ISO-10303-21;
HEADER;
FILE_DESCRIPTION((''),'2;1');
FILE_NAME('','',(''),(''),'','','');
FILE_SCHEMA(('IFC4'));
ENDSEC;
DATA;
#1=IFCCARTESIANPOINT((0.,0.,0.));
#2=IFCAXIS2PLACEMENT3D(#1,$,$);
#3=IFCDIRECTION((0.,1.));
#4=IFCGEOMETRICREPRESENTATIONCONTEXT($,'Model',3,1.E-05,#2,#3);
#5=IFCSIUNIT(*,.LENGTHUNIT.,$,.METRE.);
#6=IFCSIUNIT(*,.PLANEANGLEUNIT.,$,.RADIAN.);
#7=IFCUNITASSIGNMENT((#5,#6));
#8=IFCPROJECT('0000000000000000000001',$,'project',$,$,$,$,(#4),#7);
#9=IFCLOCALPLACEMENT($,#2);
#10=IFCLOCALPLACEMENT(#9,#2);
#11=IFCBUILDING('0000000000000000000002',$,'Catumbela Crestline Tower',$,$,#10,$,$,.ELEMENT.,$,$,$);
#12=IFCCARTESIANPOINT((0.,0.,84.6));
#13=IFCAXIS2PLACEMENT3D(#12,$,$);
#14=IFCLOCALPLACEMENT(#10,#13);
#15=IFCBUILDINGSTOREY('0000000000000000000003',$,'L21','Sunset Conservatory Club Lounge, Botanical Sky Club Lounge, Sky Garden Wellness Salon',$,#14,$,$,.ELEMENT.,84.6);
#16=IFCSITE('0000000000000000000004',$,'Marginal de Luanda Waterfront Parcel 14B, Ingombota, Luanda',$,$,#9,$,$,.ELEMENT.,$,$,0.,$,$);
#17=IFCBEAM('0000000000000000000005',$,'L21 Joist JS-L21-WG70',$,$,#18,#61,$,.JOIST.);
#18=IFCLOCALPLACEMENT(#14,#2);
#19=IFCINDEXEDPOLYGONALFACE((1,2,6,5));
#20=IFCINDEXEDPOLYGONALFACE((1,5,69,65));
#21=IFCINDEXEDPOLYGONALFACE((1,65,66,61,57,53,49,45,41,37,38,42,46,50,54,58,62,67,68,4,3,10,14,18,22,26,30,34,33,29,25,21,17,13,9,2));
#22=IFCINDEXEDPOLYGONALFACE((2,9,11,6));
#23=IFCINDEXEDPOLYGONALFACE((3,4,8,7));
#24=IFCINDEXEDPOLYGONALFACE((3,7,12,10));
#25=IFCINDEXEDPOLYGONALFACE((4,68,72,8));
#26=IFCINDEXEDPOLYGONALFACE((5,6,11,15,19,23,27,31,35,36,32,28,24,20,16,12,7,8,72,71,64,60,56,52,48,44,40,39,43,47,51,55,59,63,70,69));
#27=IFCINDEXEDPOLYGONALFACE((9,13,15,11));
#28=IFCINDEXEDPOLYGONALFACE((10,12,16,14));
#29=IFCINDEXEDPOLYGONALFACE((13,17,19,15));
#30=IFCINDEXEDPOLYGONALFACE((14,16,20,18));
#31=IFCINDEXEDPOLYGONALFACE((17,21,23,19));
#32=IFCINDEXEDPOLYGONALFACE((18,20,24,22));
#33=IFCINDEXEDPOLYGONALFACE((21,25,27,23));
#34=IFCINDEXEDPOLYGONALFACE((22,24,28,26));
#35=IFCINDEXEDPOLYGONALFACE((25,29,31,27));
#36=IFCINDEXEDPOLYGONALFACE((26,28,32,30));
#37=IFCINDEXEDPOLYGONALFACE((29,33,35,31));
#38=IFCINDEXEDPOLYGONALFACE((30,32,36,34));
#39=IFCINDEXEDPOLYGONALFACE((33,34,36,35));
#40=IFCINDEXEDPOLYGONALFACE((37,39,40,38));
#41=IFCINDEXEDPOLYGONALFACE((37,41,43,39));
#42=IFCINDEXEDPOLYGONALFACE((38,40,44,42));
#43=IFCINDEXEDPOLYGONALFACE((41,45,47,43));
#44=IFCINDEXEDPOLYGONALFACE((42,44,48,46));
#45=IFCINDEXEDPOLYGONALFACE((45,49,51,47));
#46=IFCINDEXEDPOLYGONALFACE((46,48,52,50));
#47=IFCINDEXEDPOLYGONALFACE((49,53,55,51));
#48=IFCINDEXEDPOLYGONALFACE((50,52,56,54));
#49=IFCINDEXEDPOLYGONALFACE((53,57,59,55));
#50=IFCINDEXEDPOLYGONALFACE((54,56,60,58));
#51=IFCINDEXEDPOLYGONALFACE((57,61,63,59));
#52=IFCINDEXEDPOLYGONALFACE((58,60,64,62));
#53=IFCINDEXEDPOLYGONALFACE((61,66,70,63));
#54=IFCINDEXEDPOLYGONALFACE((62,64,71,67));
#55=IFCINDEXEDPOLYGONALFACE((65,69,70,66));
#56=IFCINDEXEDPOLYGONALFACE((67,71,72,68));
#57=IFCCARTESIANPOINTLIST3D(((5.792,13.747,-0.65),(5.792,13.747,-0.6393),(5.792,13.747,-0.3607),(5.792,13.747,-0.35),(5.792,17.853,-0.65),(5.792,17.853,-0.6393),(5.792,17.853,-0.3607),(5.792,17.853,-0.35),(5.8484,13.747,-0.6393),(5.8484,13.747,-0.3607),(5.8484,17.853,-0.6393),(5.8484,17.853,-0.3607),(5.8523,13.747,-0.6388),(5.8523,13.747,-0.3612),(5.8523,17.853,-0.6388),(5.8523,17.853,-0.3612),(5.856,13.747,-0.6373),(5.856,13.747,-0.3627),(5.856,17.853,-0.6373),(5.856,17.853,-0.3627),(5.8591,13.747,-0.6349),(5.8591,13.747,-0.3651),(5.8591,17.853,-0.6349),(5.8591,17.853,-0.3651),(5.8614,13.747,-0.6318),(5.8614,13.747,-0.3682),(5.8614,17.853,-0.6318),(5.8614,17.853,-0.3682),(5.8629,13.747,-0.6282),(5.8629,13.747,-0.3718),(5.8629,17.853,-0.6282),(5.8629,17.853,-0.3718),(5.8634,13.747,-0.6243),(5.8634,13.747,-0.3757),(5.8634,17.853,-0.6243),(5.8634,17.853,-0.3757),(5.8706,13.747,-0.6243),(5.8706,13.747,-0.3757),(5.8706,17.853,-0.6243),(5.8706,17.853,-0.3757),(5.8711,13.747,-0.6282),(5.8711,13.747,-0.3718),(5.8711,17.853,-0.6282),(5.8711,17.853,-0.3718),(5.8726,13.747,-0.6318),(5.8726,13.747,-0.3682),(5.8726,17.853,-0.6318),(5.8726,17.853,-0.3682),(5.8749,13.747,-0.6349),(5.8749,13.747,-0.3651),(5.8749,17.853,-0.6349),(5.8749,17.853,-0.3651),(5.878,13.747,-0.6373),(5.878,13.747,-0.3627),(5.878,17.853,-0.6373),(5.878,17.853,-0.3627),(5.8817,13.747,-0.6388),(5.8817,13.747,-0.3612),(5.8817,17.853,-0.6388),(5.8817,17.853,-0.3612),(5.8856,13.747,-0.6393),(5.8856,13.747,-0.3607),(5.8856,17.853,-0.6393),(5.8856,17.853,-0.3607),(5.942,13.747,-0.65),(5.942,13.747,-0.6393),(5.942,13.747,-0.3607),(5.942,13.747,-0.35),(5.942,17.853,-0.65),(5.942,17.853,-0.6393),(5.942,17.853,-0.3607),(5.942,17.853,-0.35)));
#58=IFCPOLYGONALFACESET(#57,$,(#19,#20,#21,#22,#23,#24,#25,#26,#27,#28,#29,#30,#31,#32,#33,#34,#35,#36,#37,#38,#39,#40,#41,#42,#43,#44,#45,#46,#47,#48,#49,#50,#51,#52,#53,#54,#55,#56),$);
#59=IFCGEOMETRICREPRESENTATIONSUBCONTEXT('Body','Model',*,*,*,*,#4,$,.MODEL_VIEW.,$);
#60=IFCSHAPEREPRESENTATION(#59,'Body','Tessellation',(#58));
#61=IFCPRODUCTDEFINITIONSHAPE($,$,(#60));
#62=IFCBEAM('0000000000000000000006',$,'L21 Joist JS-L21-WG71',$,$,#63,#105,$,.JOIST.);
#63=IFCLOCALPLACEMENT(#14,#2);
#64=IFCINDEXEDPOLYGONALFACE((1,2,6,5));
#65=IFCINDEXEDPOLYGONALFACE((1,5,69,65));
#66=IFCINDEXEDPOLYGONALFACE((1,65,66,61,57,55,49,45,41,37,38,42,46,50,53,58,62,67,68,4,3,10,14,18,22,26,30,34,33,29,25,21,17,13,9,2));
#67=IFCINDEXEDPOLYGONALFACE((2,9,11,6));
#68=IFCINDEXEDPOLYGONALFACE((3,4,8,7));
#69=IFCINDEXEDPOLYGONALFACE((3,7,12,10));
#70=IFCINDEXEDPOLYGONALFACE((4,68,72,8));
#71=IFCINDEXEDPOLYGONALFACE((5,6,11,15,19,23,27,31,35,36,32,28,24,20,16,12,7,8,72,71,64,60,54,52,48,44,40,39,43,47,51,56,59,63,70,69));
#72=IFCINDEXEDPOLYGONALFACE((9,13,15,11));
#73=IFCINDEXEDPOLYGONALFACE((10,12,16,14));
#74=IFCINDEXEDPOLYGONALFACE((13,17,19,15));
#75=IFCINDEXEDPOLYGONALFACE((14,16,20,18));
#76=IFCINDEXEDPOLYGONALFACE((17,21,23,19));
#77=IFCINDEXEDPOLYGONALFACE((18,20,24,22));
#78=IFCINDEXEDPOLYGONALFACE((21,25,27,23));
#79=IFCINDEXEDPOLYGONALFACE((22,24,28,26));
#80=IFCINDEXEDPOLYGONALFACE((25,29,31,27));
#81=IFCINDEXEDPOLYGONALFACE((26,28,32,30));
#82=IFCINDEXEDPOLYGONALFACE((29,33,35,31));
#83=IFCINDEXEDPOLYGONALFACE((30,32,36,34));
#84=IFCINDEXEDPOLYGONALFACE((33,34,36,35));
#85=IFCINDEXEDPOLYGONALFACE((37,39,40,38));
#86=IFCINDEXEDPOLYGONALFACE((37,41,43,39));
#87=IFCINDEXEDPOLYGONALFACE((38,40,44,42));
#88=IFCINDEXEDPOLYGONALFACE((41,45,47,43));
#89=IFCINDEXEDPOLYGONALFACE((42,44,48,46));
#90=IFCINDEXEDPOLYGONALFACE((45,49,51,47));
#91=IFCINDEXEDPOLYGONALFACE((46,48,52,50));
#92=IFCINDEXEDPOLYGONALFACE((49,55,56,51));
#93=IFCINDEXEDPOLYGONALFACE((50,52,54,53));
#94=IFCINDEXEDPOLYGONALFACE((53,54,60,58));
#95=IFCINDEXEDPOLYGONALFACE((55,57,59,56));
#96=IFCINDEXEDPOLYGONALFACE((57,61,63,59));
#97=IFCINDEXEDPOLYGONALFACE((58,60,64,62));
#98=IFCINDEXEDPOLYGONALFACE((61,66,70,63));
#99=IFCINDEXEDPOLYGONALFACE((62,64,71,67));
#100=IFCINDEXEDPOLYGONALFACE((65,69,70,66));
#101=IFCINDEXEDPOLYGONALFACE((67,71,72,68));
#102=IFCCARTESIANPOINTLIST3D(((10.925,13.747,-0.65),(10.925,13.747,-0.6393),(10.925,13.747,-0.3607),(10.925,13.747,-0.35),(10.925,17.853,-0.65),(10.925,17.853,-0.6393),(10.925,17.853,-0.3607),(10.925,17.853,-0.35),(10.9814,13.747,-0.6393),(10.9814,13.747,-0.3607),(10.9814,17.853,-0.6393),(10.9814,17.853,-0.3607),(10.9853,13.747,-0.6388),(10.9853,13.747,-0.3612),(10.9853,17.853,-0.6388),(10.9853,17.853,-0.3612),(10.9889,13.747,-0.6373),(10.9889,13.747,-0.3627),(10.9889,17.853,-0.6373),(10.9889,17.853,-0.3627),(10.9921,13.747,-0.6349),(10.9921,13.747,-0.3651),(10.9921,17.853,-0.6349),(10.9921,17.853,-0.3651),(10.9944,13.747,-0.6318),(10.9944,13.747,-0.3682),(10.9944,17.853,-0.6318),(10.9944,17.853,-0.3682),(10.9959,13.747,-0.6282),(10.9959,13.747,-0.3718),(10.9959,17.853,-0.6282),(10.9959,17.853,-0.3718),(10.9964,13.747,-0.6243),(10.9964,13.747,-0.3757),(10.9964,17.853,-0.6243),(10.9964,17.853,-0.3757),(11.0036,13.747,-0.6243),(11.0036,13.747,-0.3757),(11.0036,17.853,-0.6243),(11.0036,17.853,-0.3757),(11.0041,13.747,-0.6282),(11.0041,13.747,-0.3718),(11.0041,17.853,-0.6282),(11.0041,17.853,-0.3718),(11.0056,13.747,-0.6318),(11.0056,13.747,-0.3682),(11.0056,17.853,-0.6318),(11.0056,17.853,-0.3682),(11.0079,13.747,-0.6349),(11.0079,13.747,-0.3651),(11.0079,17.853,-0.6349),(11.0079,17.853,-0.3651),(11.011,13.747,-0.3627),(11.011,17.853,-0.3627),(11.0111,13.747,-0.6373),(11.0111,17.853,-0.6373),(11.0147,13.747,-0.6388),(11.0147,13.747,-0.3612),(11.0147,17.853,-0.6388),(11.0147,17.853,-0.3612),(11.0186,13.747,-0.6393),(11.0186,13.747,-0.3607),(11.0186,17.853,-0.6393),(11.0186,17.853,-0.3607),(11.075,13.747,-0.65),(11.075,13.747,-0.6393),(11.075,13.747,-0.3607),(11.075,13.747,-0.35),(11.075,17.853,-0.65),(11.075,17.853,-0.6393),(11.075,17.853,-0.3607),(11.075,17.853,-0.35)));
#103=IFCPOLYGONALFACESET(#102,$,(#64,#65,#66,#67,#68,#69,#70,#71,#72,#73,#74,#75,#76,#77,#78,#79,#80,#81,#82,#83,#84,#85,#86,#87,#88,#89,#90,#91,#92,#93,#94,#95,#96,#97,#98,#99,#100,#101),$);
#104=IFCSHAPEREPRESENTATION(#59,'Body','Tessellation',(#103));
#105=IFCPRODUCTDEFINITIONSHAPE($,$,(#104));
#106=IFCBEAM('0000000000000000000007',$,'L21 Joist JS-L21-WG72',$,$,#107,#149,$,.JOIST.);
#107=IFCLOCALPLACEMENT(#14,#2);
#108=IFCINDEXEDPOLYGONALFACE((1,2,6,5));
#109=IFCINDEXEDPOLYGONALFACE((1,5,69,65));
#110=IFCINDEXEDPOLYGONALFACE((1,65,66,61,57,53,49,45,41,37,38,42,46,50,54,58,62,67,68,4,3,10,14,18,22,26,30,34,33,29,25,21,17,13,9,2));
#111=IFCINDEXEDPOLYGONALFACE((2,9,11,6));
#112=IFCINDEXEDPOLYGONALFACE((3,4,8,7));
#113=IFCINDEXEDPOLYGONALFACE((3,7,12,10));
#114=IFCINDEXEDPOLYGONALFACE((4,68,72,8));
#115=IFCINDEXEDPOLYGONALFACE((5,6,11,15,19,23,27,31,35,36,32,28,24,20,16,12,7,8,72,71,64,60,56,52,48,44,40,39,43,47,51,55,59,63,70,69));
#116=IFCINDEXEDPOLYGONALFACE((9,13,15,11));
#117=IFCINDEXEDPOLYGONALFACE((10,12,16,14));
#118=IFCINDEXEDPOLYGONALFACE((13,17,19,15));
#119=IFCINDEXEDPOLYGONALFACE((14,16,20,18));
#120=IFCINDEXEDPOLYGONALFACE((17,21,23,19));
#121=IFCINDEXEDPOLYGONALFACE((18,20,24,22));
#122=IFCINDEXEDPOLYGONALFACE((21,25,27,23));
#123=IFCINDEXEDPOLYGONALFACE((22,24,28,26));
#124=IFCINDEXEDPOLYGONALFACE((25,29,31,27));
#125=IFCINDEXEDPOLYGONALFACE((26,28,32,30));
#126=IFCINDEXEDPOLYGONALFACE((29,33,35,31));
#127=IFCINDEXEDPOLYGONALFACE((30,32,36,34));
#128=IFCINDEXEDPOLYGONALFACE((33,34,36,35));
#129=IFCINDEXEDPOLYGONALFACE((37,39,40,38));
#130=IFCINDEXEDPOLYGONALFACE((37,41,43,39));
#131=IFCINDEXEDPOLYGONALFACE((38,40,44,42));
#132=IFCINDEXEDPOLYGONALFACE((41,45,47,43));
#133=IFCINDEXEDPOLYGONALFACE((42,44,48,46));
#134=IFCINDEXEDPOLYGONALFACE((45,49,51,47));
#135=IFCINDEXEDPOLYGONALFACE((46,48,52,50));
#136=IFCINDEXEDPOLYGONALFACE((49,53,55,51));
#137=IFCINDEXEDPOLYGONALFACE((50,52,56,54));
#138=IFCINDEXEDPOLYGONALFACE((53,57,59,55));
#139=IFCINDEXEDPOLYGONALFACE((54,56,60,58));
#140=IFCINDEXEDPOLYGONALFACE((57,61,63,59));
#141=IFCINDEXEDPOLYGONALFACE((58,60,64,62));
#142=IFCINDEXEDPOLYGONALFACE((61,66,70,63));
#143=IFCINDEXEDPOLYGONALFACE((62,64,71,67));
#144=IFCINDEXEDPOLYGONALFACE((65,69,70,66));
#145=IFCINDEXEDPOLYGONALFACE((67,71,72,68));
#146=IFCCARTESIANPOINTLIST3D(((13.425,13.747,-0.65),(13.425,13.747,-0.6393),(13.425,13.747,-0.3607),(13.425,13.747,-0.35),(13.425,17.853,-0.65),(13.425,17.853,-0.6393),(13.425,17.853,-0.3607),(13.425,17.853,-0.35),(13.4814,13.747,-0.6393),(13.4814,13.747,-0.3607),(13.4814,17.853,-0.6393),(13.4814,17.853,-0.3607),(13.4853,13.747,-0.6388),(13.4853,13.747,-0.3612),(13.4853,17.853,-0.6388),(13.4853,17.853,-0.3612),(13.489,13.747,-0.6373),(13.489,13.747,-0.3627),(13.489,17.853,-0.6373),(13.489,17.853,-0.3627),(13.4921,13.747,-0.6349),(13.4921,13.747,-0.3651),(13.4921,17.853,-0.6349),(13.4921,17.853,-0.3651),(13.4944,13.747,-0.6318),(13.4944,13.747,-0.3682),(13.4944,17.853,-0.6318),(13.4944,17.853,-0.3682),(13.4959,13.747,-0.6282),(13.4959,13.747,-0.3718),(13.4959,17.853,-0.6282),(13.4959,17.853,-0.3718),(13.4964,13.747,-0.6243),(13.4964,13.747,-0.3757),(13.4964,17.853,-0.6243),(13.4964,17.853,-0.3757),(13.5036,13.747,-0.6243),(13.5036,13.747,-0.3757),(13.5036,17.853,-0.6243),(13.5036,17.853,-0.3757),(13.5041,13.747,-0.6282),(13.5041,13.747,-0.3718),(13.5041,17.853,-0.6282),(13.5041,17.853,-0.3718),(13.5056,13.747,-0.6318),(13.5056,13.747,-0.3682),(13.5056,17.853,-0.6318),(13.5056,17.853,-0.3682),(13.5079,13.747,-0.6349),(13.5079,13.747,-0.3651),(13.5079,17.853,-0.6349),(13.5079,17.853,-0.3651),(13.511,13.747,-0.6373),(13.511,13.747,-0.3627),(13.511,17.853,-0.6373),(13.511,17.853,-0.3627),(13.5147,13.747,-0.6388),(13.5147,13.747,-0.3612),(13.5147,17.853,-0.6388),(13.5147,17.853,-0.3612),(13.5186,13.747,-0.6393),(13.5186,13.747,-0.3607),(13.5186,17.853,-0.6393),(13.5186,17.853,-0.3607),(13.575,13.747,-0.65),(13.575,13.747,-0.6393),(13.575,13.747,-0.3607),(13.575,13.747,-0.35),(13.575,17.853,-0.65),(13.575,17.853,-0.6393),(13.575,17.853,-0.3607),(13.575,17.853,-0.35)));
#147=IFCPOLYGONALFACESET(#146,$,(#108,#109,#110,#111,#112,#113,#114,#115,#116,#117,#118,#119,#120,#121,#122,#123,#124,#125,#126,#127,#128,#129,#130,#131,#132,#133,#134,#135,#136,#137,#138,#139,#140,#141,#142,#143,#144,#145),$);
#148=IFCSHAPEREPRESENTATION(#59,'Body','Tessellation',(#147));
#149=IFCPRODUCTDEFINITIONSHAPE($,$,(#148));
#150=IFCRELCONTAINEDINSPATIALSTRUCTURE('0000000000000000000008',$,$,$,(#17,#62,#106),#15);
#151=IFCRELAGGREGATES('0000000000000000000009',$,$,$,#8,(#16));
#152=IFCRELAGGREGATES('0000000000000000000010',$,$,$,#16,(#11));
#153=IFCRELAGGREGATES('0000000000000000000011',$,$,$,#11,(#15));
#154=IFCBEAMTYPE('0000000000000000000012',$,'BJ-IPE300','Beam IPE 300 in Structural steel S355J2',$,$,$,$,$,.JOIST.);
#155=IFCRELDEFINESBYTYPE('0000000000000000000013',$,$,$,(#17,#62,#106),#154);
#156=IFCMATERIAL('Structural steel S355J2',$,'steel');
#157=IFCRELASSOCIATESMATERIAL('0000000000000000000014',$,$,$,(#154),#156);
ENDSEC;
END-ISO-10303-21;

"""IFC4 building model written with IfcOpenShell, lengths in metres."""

from ifc_helpers import new_model, si_unit, direction, frame, origin, origin_2d, place, context, subcontext, project, spatial, i_section, extrude, material, material_profile, profile_set, type_object, element, save


model = new_model("IFC4")

# Units and contexts
model_context = context("Model", 3, precision=1e-05, world=origin(), true_north=direction((0.0, 1.0)))
body_context = subcontext(model_context, "Body", "Model", "MODEL_VIEW")
ifc_project = project(units=[si_unit("LENGTHUNIT", "METRE"), si_unit("PLANEANGLEUNIT", "RADIAN")], contexts=[model_context])

# Site, building, storey
site_placement = place(None, origin())
site = spatial("IfcSite", under=ifc_project, at=site_placement, Name="Marginal de Luanda Waterfront Parcel 14B, Ingombota, Luanda", CompositionType="ELEMENT", RefElevation=0.0)
building_placement = place(site_placement, origin())
building = spatial("IfcBuilding", under=site, at=building_placement, Name="Catumbela Crestline Tower", CompositionType="ELEMENT")
storey_placement = place(building_placement, frame((0.0, 0.0, 84.6)))
storey = spatial("IfcBuildingStorey", under=building, at=storey_placement, Name="L21", Description="Sunset Conservatory Club Lounge, Botanical Sky Club Lounge, Sky Garden Wellness Salon", CompositionType="ELEMENT", Elevation=84.6)

# Beams
ifc_material_1 = material(Name="Structural steel S355J2", Category="steel")
ifc_material_profile_1 = material_profile(ifc_material_1, i_section(OverallWidth=0.15, OverallDepth=0.3, WebThickness=0.0071, FlangeThickness=0.0107, FilletRadius=0.015, at=origin_2d()), Name="IPE 300")
ifc_profile_set_1 = profile_set([ifc_material_profile_1], Name="Structural steel S355J2")
beam_type_1 = type_object("IfcBeamType", Name="BJ-IPE300", Description="Beam IPE 300 in Structural steel S355J2", PredefinedType="JOIST", material=ifc_profile_set_1)
for number, where, z_axis, x_axis, name in (
    (1, (5.867, 13.747, -0.5), (0.0, 1.0, 0.0), (-1.0, 0.0, 0.0), "L21 Joist JS-L21-WG70"),
    (2, (11.0, 13.747, -0.5), (0.0, 1.0, 0.0), (-1.0, 0.0, 0.0), "L21 Joist JS-L21-WG71"),
    (3, (13.5, 13.747, -0.5), (0.0, 1.0, 0.0), (-1.0, 0.0, 0.0), "L21 Joist JS-L21-WG72"),
):
    element("IfcBeam", number, at=place(storey_placement, frame(where, z_axis=z_axis, x_axis=x_axis)), inside=storey, type_object=beam_type_1, Name=name, PredefinedType="JOIST", context=body_context, shape_type="SweptSolid", body=[
        extrude(i_section(OverallWidth=0.15, OverallDepth=0.3, WebThickness=0.0071, FlangeThickness=0.0107, FilletRadius=0.015, at=origin_2d()), origin(), (0.0, 0.0, 1.0), 4.106),
    ])

save(model, "model.ifc")
